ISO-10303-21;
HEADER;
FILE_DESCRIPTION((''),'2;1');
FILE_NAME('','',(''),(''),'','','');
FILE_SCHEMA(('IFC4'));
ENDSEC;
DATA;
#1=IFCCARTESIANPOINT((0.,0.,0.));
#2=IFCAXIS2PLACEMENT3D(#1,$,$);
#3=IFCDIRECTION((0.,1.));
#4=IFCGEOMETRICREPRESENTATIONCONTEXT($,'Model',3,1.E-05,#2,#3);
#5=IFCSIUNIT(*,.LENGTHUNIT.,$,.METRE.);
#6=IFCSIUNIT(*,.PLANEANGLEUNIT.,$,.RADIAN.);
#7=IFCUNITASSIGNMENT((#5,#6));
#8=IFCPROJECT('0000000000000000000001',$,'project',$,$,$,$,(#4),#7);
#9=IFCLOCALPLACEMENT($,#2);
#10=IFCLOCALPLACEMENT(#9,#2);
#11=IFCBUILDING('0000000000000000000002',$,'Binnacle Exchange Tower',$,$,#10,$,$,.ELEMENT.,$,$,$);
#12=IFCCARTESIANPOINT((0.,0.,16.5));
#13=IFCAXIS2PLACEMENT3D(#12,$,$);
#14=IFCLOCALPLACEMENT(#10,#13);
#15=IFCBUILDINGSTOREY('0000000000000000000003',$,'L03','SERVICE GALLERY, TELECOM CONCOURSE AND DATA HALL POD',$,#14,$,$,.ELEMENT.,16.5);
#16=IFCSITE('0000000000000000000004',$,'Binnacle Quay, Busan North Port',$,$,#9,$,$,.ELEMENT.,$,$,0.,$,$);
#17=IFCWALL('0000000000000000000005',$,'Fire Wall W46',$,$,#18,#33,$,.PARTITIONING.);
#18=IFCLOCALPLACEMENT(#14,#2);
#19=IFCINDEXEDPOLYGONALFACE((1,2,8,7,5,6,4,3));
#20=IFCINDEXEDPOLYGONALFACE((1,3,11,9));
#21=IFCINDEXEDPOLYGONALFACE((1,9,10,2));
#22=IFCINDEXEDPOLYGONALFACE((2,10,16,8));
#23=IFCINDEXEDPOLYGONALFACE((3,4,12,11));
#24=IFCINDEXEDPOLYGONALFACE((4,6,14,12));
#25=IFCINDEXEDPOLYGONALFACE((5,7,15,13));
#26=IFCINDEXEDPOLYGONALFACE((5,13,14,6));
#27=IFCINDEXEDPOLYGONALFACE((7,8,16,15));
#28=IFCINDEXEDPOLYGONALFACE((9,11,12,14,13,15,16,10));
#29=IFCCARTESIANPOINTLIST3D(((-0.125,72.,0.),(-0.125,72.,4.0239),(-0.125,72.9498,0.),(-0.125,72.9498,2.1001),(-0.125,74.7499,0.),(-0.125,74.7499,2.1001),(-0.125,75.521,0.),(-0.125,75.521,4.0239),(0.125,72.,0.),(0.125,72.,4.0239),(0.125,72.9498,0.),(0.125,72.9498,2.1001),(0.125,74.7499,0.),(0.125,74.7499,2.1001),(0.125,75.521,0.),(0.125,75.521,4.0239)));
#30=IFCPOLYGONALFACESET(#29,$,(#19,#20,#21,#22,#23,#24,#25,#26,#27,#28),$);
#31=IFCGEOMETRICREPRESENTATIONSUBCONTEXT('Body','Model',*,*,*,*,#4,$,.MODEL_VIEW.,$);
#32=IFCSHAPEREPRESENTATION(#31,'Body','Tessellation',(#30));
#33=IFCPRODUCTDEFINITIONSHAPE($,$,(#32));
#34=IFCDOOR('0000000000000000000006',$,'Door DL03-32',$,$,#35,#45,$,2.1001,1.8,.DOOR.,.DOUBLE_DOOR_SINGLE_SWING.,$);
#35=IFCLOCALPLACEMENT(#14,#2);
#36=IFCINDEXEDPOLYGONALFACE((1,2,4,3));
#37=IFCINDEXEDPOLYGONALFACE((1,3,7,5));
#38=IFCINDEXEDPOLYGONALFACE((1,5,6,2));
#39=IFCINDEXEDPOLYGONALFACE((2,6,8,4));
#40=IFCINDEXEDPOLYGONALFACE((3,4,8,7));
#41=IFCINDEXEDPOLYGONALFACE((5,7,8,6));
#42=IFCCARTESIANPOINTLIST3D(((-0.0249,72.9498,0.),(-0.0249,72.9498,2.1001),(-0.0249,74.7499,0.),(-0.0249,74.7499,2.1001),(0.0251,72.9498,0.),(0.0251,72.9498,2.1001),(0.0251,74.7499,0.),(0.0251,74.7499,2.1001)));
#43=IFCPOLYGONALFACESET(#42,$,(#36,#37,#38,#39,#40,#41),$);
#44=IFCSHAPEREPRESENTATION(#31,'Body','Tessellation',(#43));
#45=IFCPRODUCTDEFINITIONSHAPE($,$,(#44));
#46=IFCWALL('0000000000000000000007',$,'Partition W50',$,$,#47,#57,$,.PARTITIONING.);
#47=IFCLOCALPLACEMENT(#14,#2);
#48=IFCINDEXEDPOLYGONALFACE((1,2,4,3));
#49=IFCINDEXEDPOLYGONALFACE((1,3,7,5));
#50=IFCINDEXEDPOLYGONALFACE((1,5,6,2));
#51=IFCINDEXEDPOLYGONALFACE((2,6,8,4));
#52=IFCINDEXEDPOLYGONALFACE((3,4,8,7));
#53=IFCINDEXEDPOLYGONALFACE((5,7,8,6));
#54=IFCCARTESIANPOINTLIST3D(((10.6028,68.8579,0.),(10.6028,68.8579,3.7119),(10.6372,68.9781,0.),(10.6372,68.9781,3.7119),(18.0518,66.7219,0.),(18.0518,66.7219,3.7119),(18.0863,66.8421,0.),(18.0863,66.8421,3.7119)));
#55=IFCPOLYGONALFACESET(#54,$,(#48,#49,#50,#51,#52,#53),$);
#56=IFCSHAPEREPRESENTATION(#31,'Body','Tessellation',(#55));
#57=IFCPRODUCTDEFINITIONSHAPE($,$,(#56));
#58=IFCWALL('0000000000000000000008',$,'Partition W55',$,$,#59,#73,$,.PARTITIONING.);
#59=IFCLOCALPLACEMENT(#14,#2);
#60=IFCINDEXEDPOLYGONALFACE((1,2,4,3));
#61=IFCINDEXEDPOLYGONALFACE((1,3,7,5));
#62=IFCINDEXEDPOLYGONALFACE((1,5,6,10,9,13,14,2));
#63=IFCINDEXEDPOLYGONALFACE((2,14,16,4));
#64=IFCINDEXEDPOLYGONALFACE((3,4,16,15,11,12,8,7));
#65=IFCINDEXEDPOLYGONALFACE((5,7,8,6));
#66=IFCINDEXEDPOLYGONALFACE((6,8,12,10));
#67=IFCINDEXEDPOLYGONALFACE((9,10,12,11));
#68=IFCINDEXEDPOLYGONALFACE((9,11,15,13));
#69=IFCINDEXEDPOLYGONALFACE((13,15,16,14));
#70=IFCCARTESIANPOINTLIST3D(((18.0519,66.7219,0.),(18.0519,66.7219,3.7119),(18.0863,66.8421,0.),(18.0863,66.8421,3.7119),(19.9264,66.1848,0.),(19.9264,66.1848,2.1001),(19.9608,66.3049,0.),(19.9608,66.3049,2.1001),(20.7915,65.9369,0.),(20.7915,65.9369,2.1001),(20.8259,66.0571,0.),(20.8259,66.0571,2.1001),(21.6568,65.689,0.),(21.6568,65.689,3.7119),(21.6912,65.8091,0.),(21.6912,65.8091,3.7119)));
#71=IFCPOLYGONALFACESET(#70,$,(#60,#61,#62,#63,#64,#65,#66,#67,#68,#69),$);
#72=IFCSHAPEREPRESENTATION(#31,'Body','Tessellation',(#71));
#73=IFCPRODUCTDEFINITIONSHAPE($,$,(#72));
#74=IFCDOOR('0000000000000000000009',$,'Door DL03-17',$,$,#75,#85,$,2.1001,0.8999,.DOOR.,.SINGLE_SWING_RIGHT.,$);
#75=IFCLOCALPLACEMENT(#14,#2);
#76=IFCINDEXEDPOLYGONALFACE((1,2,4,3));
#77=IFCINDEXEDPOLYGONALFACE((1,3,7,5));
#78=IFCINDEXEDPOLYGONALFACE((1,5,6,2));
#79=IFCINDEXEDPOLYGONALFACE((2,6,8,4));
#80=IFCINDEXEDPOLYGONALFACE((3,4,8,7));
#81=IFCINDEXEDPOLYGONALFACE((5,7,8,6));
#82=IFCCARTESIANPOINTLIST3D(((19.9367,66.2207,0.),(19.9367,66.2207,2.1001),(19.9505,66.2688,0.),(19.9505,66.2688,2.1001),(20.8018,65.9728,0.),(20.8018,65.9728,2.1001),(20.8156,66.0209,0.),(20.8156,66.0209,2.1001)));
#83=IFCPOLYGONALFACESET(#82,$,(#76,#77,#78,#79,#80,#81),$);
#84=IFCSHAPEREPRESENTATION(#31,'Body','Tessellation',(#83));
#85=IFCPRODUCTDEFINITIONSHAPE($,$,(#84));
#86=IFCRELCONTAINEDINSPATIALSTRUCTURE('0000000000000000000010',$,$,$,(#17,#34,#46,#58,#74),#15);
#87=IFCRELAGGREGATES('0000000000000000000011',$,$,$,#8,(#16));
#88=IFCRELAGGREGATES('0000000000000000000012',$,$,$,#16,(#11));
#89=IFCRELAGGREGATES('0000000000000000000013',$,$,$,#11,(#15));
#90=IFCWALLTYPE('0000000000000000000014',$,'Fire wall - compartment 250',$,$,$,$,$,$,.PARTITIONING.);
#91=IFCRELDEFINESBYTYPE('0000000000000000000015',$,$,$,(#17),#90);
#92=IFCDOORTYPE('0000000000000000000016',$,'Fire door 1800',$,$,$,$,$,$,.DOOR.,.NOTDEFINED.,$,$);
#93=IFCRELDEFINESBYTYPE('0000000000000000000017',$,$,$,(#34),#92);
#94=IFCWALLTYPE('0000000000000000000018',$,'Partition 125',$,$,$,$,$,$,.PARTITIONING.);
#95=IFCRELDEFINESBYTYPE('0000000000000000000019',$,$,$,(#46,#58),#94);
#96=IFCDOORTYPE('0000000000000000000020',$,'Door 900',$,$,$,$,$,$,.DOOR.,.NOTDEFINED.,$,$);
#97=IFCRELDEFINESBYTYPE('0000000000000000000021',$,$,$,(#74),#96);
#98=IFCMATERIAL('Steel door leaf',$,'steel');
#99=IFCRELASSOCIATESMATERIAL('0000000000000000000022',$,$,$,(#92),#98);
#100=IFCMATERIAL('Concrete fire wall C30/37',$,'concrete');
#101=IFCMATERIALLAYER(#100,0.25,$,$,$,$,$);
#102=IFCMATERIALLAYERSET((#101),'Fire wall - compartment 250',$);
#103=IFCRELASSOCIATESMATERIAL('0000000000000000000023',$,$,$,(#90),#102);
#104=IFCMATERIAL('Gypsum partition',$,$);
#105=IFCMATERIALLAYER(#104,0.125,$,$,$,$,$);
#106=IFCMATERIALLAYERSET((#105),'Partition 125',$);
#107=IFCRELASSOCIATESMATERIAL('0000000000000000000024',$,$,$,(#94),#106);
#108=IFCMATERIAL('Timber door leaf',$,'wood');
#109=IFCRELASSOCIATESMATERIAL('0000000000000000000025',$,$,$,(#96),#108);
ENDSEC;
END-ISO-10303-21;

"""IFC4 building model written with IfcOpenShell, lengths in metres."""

from ifc_helpers import new_model, si_unit, direction, frame, frame_2d, origin, place, context, subcontext, project, spatial, rectangle, extrude, material, layer, layer_set, type_object, element, fill, save


model = new_model("IFC4")

# Units and contexts
model_context = context("Model", 3, precision=1e-05, world=origin(), true_north=direction((0.0, 1.0)))
body_context = subcontext(model_context, "Body", "Model", "MODEL_VIEW")
ifc_project = project(units=[si_unit("LENGTHUNIT", "METRE"), si_unit("PLANEANGLEUNIT", "RADIAN")], contexts=[model_context])

# Site, building, storey
site_placement = place(None, origin())
site = spatial("IfcSite", under=ifc_project, at=site_placement, Name="Binnacle Quay, Busan North Port", CompositionType="ELEMENT", RefElevation=0.0)
building_placement = place(site_placement, origin())
building = spatial("IfcBuilding", under=site, at=building_placement, Name="Binnacle Exchange Tower", CompositionType="ELEMENT")
storey_placement = place(building_placement, frame((0.0, 0.0, 16.5)))
storey = spatial("IfcBuildingStorey", under=building, at=storey_placement, Name="L03", Description="SERVICE GALLERY, TELECOM CONCOURSE AND DATA HALL POD", CompositionType="ELEMENT", Elevation=16.5)

# Shared definitions
ifc_material_1 = material(Name="Steel door leaf", Category="steel")
door_type_1 = type_object("IfcDoorType", Name="Fire door 1800", OperationType="NOTDEFINED", PredefinedType="DOOR", material=ifc_material_1)

# Shared definitions
ifc_material_2 = material(Name="Concrete fire wall C30/37", Category="concrete")
ifc_layer_1 = layer(ifc_material_2, 0.25)
ifc_layer_set_1 = layer_set([ifc_layer_1], Name="Fire wall - compartment 250")
wall_type_1 = type_object("IfcWallType", Name="Fire wall - compartment 250", PredefinedType="PARTITIONING", material=ifc_layer_set_1)

# Wall, opening, door
wall_1_placement = place(storey_placement, frame((0.0, 72.0, 0.0), z_axis=(0.0, 0.0, 1.0), x_axis=(0.0, 1.0, 0.0)))
wall_1 = element("IfcWall", 1, at=wall_1_placement, inside=storey, type_object=wall_type_1, Name="Fire Wall W46", PredefinedType="PARTITIONING", context=body_context, shape_type="SweptSolid", body=[
    extrude(rectangle(XDim=3.521, YDim=0.25, at=frame_2d((1.7605, 0.0))), origin(), (0.0, 0.0, 1.0), 4.0239),
])
opening_1_placement = place(wall_1_placement, frame((0.95, 0.0, 0.0)))
opening_1 = element("IfcOpeningElement", 2, at=opening_1_placement, cuts=wall_1, PredefinedType="OPENING", context=body_context, shape_type="SweptSolid", body=[
    extrude(rectangle(XDim=1.8, YDim=2.1001, at=frame_2d((0.8999, 1.05))), frame((0.0, 0.135, 0.0), z_axis=(0.0, -1.0, 0.0), x_axis=(1.0, 0.0, 0.0)), (0.0, 0.0, 1.0), 0.27),
])
door_1_placement = place(opening_1_placement, origin())
door_1 = element("IfcDoor", 3, at=door_1_placement, inside=storey, type_object=door_type_1, Name="Door DL03-32", OperationType="DOUBLE_DOOR_SINGLE_SWING", OverallHeight=2.1001, OverallWidth=1.8, PredefinedType="DOOR", context=body_context, shape_type="SweptSolid", body=[
    extrude(rectangle(XDim=1.8, YDim=2.1001, at=frame_2d((0.8999, 1.05))), frame((0.0, 0.0249, 0.0), z_axis=(0.0, -1.0, 0.0), x_axis=(1.0, 0.0, 0.0)), (0.0, 0.0, 1.0), 0.05),
])
fill(opening_1, door_1)

# Wall
ifc_material_3 = material(Name="Gypsum partition")
ifc_layer_2 = layer(ifc_material_3, 0.125)
ifc_layer_set_2 = layer_set([ifc_layer_2], Name="Partition 125")
wall_type_2 = type_object("IfcWallType", Name="Partition 125", PredefinedType="PARTITIONING", material=ifc_layer_set_2)
wall_2_placement = place(storey_placement, frame((10.6201, 68.918, 0.0), z_axis=(0.0, 0.0, 1.0), x_axis=(0.961261, -0.275641, 0.0)))
element("IfcWall", 4, at=wall_2_placement, inside=storey, type_object=wall_type_2, Name="Partition W50", PredefinedType="PARTITIONING", context=body_context, shape_type="SweptSolid", body=[
    extrude(rectangle(XDim=7.7493, YDim=0.125, at=frame_2d((3.8745, 0.0))), origin(), (0.0, 0.0, 1.0), 3.7119),
])

# Wall, opening, door
wall_3_placement = place(storey_placement, frame((18.0691, 66.782, 0.0), z_axis=(0.0, 0.0, 1.0), x_axis=(0.961315, -0.275452, 0.0)))
wall_3 = element("IfcWall", 5, at=wall_3_placement, inside=storey, type_object=wall_type_2, Name="Partition W55", PredefinedType="PARTITIONING", context=body_context, shape_type="SweptSolid", body=[
    extrude(rectangle(XDim=3.75, YDim=0.125, at=frame_2d((1.875, 0.0))), origin(), (0.0, 0.0, 1.0), 3.7119),
])
opening_2_placement = place(wall_3_placement, frame((1.95, 0.0, 0.0)))
opening_2 = element("IfcOpeningElement", 6, at=opening_2_placement, cuts=wall_3, PredefinedType="OPENING", context=body_context, shape_type="SweptSolid", body=[
    extrude(rectangle(XDim=0.8999, YDim=2.1001, at=frame_2d((0.45, 1.05))), frame((0.0, 0.0725, 0.0), z_axis=(0.0, -1.0, 0.0), x_axis=(1.0, 0.0, 0.0)), (0.0, 0.0, 1.0), 0.145),
])
ifc_material_4 = material(Name="Timber door leaf", Category="wood")
door_type_2 = type_object("IfcDoorType", Name="Door 900", OperationType="NOTDEFINED", PredefinedType="DOOR", material=ifc_material_4)
door_2_placement = place(opening_2_placement, origin())
door_2 = element("IfcDoor", 7, at=door_2_placement, inside=storey, type_object=door_type_2, Name="Door DL03-17", OperationType="SINGLE_SWING_RIGHT", OverallHeight=2.1001, OverallWidth=0.8999, PredefinedType="DOOR", context=body_context, shape_type="SweptSolid", body=[
    extrude(rectangle(XDim=0.8999, YDim=2.1001, at=frame_2d((0.45, 1.05))), frame((0.0, 0.0249, 0.0), z_axis=(0.0, -1.0, 0.0), x_axis=(1.0, 0.0, 0.0)), (0.0, 0.0, 1.0), 0.05),
])
fill(opening_2, door_2)

save(model, "model.ifc")
